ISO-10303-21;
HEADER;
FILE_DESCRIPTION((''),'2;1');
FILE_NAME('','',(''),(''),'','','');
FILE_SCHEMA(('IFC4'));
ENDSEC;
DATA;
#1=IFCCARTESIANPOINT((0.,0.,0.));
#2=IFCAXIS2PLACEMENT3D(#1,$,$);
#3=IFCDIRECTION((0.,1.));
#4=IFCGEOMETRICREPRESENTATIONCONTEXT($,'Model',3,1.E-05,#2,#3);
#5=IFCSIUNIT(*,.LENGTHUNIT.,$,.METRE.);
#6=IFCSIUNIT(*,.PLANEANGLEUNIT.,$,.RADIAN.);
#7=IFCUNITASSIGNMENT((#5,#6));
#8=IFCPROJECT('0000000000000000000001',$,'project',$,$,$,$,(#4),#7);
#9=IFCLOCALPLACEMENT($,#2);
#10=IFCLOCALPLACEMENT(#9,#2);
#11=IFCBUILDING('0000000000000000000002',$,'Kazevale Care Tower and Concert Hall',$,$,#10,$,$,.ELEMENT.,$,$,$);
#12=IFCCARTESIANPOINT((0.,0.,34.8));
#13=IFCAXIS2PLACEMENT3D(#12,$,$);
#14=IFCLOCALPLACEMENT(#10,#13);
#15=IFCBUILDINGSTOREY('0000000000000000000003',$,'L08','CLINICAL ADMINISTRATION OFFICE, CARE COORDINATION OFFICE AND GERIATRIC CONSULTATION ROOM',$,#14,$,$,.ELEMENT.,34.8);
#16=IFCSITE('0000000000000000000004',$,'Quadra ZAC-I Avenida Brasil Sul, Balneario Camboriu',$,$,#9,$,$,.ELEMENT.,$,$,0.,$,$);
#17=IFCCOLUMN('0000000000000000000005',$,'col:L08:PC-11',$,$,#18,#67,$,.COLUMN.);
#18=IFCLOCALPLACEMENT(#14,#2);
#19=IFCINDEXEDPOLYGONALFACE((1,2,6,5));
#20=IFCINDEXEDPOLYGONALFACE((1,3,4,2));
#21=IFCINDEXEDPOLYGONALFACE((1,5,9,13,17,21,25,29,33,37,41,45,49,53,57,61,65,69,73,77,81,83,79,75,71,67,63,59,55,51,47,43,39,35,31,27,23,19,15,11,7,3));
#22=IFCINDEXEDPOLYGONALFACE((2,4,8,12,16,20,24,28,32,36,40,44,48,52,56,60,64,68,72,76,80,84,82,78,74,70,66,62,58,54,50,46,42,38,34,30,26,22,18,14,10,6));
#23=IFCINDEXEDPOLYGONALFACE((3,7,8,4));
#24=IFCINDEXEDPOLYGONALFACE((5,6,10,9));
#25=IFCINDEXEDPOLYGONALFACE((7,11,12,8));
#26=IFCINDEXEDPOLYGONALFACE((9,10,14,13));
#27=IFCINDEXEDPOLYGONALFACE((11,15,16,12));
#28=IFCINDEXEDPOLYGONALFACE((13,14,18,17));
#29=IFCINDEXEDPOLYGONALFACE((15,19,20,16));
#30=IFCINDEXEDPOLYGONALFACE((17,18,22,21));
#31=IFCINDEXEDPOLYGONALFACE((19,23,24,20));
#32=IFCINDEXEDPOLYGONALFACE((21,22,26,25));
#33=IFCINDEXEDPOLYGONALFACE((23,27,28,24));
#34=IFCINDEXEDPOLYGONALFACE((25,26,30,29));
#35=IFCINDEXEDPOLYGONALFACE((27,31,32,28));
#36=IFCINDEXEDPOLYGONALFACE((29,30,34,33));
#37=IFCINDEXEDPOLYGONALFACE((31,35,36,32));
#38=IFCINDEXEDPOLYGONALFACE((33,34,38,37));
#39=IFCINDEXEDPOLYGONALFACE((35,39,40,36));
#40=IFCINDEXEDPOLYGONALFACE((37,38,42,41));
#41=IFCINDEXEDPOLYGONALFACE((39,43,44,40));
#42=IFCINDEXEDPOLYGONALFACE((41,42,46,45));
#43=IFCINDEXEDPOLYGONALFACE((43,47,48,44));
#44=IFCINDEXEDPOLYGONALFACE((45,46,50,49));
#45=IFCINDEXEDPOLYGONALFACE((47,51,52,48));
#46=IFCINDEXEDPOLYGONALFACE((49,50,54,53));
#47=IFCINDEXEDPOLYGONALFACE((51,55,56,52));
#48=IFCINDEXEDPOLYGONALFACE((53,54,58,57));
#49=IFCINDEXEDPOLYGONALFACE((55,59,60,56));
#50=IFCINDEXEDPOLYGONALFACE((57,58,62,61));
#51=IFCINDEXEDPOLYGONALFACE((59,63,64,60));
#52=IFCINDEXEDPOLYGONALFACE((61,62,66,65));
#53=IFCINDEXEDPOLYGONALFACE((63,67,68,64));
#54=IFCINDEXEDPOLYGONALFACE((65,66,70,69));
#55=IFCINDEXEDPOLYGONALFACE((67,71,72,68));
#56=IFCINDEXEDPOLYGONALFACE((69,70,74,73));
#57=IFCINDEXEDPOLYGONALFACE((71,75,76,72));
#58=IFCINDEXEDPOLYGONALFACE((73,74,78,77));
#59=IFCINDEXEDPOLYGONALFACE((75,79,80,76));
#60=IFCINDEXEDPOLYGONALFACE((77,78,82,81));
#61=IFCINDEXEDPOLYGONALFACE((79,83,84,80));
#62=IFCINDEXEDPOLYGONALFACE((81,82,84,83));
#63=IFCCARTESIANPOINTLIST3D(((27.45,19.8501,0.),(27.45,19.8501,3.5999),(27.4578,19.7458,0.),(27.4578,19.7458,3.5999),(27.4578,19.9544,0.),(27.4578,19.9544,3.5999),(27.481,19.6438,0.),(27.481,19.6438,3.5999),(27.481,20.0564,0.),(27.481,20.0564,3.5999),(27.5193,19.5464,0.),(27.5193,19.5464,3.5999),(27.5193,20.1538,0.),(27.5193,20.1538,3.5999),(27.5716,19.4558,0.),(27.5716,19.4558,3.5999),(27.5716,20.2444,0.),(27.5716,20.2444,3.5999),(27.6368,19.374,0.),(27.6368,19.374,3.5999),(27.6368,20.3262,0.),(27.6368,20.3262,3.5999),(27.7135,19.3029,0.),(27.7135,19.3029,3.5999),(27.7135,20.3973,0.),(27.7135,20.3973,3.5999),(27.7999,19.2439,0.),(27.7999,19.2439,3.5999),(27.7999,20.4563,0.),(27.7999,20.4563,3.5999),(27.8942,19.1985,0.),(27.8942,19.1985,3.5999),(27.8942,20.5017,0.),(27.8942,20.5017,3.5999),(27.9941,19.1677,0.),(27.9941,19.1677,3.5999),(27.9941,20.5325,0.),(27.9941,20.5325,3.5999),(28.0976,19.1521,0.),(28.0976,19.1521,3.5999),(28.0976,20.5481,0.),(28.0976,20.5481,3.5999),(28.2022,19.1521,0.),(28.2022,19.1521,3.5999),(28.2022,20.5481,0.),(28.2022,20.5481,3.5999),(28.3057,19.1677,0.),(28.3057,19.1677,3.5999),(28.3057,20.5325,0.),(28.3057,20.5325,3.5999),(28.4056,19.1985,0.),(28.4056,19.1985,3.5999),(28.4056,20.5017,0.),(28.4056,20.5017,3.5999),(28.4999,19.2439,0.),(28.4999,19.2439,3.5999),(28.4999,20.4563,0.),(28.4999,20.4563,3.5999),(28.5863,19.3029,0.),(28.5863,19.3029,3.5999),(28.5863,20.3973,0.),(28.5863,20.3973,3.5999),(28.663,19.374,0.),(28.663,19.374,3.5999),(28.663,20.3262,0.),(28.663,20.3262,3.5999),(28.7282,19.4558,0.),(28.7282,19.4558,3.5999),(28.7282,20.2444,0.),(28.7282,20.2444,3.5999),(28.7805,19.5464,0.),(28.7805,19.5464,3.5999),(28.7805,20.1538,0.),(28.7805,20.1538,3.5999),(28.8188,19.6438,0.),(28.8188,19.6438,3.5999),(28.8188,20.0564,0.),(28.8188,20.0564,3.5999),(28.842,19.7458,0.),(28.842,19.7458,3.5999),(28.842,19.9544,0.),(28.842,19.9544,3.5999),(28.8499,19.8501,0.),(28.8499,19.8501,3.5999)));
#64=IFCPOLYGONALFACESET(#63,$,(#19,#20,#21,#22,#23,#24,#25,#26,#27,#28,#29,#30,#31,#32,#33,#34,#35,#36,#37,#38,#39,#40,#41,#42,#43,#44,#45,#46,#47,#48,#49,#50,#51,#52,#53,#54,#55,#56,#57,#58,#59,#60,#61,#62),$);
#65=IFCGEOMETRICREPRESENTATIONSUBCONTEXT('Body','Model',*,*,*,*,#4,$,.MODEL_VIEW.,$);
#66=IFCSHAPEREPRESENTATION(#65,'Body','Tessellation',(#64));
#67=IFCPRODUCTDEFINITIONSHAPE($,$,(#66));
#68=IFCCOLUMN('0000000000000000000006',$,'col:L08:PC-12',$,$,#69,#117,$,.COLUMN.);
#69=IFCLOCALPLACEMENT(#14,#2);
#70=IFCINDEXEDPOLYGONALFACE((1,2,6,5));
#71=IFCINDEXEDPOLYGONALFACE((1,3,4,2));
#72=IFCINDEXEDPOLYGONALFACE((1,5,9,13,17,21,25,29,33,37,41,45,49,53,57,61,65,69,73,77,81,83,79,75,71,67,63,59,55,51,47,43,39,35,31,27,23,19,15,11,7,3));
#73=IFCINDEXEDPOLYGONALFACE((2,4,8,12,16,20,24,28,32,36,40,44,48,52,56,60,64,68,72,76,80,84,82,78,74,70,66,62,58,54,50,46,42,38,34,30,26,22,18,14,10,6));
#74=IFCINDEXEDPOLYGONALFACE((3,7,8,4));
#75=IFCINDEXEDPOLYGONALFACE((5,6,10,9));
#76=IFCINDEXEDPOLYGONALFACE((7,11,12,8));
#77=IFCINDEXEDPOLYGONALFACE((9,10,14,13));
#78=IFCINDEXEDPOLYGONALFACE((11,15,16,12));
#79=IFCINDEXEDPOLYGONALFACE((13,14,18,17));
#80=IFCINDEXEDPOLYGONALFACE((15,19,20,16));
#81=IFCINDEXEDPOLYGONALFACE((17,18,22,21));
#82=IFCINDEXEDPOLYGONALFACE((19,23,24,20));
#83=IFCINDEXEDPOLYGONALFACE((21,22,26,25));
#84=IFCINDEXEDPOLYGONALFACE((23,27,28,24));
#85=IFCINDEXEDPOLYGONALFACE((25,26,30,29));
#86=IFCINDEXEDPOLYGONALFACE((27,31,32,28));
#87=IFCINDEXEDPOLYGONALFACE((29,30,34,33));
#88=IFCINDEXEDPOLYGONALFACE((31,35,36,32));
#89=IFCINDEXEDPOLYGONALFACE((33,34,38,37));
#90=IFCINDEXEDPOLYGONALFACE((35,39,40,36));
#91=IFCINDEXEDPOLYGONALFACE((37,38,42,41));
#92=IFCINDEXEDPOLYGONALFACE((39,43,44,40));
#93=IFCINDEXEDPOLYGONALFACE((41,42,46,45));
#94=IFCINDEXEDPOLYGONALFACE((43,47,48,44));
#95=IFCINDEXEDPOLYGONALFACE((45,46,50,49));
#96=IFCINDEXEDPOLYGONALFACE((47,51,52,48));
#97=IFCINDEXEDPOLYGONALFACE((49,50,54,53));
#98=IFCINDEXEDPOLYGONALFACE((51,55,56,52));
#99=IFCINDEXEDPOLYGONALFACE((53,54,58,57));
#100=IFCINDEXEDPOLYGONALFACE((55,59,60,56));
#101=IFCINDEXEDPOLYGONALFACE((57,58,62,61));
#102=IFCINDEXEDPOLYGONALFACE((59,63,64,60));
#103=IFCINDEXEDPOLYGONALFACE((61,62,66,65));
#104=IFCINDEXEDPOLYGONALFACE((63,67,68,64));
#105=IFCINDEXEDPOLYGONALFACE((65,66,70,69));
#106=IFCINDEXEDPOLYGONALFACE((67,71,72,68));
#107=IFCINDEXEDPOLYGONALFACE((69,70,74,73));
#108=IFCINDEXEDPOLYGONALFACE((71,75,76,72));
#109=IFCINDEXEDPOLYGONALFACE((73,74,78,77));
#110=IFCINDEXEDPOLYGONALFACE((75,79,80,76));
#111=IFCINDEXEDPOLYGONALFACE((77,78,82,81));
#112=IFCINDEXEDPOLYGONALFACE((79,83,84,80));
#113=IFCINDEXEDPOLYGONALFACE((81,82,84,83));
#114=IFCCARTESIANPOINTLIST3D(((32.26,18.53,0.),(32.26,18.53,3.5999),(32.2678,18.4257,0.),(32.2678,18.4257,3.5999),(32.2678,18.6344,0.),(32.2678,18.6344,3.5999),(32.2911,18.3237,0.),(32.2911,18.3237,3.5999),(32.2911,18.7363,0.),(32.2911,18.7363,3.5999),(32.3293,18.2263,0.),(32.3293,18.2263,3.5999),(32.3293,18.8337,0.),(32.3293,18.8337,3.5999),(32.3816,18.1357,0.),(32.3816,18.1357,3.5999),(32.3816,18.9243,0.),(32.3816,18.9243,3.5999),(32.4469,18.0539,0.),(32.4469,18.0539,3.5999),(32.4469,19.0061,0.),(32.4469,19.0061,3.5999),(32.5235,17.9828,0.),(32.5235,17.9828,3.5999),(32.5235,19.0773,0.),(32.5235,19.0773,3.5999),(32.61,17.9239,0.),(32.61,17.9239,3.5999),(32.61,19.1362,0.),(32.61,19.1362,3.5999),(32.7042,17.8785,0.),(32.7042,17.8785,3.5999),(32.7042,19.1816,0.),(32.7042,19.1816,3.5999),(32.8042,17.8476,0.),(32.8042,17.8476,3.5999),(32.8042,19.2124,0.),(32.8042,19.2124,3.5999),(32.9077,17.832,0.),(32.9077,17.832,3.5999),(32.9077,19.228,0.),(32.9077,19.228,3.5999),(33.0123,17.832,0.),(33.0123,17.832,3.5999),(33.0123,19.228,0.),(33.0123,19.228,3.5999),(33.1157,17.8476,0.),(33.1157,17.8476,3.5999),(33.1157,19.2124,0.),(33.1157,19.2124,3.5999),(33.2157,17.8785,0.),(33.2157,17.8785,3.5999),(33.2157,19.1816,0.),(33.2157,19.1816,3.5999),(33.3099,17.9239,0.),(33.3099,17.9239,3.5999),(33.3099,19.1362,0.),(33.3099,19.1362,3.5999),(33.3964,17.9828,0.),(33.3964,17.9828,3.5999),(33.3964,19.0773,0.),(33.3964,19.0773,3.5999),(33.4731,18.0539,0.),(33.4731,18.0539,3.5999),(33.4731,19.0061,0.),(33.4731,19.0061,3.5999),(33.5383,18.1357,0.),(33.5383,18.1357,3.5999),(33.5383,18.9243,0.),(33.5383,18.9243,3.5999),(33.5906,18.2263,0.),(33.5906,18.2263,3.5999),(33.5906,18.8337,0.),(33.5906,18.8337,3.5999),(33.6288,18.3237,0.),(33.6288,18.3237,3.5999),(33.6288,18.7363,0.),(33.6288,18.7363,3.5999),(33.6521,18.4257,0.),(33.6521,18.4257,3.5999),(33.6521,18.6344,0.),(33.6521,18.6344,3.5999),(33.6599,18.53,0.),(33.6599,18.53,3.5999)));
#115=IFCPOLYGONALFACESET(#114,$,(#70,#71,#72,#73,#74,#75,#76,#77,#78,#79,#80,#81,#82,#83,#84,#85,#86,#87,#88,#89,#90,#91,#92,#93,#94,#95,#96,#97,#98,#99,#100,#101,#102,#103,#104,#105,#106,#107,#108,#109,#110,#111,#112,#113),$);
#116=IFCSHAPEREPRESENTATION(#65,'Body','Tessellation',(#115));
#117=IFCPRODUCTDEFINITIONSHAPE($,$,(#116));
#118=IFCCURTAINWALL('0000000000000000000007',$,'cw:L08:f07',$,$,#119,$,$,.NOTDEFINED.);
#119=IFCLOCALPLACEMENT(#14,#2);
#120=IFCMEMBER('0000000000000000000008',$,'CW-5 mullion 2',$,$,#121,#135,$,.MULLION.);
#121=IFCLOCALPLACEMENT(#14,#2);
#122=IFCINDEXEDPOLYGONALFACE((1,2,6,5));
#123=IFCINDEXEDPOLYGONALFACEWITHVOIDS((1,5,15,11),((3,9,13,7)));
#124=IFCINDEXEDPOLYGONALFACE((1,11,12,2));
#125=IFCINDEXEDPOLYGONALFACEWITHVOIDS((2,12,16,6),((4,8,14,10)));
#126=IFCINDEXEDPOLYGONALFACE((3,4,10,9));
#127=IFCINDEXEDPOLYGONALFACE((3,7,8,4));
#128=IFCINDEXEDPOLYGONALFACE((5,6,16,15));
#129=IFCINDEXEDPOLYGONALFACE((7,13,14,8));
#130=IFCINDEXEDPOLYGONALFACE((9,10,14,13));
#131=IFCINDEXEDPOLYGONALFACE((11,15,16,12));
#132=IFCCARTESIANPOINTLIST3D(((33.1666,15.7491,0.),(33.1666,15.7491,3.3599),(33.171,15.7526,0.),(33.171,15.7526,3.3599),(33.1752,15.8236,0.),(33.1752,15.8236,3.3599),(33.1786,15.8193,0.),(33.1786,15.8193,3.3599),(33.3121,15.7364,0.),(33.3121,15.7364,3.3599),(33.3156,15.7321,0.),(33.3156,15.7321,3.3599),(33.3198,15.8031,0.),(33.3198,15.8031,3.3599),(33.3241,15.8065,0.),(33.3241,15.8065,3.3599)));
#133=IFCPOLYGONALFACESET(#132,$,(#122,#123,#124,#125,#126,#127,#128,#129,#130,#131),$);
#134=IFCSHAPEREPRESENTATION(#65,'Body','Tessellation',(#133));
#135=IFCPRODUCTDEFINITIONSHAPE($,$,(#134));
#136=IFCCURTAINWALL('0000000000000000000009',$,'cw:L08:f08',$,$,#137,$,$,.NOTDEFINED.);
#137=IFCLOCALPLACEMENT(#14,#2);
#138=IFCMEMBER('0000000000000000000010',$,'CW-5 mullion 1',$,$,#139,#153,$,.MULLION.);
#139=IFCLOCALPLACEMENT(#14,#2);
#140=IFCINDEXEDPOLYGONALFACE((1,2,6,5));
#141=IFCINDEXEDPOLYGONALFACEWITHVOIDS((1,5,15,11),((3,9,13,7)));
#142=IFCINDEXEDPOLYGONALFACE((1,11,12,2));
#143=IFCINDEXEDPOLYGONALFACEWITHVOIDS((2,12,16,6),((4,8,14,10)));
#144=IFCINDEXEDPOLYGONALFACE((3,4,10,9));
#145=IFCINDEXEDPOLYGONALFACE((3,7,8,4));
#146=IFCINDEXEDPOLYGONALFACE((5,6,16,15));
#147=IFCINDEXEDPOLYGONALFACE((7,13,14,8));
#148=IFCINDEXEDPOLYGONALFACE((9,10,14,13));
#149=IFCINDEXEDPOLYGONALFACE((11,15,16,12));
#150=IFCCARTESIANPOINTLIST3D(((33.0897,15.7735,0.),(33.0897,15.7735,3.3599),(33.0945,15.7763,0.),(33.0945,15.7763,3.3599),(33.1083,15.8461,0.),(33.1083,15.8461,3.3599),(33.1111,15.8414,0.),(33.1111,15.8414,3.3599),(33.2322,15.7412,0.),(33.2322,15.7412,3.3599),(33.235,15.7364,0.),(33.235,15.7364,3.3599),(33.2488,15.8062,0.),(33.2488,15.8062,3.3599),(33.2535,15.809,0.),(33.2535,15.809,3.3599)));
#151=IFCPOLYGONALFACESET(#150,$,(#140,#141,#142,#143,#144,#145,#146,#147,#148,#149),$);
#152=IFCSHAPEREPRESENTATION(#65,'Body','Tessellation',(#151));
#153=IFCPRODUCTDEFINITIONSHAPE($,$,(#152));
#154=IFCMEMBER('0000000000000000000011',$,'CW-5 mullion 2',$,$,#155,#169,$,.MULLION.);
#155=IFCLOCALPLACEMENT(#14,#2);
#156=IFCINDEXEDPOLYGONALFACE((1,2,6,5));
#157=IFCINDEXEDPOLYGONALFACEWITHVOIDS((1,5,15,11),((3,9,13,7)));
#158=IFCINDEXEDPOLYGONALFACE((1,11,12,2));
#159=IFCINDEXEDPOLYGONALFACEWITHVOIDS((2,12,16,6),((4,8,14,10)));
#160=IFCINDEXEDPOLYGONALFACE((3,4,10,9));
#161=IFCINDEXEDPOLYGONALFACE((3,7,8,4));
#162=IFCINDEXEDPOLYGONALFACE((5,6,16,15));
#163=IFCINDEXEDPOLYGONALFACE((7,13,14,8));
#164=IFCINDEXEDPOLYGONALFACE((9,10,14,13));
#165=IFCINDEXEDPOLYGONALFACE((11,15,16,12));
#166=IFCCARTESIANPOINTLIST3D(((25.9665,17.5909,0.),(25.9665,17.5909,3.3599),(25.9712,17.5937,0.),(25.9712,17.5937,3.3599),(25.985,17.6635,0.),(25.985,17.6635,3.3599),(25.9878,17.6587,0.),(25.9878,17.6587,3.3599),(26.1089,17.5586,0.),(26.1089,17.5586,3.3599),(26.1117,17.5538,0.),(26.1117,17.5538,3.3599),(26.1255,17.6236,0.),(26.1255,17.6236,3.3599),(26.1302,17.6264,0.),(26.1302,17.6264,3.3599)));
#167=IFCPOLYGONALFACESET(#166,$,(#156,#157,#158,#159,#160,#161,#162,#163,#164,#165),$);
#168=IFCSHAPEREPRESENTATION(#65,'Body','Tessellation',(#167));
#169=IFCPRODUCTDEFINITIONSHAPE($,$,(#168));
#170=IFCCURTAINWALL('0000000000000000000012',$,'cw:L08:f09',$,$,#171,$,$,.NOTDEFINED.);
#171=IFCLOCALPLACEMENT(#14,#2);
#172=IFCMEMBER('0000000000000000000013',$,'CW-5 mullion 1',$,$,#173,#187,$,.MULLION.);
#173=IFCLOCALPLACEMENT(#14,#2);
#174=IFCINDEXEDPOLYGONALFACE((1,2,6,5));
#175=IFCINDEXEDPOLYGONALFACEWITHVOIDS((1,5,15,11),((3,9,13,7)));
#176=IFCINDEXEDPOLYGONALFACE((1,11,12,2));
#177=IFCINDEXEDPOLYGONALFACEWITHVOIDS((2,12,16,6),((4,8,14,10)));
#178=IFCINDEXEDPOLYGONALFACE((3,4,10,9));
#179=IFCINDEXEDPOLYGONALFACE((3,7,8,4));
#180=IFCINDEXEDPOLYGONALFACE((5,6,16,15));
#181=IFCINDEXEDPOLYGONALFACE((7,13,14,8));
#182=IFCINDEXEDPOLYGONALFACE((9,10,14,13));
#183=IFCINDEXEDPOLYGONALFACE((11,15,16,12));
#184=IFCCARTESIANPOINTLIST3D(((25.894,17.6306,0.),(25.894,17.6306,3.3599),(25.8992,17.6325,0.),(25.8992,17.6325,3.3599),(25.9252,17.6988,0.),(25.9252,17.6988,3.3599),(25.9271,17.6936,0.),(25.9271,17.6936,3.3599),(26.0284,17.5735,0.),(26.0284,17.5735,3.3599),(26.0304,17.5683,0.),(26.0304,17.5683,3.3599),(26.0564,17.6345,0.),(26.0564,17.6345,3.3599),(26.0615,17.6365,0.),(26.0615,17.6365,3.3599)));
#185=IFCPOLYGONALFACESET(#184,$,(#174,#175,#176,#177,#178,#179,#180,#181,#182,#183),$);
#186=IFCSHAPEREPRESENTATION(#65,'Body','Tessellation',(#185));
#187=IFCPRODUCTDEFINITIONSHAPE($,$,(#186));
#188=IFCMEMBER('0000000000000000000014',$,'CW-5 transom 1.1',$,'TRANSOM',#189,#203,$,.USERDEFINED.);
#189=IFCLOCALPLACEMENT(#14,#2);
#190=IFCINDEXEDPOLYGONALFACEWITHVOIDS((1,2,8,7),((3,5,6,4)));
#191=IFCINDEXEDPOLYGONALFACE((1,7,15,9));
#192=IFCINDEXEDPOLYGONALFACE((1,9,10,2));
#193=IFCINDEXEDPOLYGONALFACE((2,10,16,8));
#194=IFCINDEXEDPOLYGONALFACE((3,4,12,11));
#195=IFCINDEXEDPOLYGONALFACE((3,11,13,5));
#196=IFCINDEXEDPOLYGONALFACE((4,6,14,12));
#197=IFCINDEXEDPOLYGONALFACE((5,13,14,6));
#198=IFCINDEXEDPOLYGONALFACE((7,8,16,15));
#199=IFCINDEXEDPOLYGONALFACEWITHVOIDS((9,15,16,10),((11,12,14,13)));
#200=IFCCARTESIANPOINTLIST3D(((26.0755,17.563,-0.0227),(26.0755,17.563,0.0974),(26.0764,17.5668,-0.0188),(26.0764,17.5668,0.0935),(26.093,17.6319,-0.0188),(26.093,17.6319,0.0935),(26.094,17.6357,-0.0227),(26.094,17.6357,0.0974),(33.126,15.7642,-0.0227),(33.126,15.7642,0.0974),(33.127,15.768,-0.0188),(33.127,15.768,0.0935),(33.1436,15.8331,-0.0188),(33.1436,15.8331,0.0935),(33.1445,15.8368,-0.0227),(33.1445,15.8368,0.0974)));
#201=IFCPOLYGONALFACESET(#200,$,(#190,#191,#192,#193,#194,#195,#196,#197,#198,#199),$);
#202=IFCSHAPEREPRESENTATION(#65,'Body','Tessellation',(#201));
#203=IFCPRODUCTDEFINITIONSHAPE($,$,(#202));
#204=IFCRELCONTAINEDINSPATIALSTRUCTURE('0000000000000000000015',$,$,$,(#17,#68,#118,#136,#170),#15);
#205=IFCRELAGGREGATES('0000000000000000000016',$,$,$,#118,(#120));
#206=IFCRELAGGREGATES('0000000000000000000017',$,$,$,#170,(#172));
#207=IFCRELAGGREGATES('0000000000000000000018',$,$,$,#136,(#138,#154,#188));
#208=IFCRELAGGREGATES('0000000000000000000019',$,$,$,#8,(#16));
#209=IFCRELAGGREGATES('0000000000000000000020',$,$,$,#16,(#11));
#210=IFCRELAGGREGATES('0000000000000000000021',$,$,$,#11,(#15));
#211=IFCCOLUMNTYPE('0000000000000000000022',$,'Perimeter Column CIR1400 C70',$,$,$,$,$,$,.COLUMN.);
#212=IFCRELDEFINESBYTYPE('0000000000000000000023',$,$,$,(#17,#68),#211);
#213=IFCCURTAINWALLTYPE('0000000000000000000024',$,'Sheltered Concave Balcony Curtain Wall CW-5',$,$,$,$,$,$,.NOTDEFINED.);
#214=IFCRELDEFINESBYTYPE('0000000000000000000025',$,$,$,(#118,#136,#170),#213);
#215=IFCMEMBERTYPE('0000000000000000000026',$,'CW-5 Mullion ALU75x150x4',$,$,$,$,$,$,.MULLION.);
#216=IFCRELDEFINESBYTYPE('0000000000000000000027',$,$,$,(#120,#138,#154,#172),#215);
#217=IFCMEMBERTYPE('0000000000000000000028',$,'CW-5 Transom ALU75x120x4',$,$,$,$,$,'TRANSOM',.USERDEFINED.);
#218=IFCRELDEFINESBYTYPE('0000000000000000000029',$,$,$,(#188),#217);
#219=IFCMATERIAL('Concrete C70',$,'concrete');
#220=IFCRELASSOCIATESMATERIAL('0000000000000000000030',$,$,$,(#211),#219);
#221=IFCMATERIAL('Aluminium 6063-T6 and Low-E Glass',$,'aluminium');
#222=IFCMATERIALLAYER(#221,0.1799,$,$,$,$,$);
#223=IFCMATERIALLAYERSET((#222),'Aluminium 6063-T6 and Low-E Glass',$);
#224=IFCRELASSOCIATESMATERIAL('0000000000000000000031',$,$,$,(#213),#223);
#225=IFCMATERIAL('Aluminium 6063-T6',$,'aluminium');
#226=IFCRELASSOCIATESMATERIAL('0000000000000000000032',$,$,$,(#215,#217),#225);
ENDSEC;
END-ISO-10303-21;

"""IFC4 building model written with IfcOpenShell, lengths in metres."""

from ifc_helpers import new_model, si_unit, direction, frame, origin, origin_2d, place, context, subcontext, project, spatial, hollow_rectangle, circle, extrude, material, layer, layer_set, material_profile, profile_set, type_object, element, aggregate, save


model = new_model("IFC4")

# Units and contexts
model_context = context("Model", 3, precision=1e-05, world=origin(), true_north=direction((0.0, 1.0)))
body_context = subcontext(model_context, "Body", "Model", "MODEL_VIEW")
ifc_project = project(units=[si_unit("LENGTHUNIT", "METRE"), si_unit("PLANEANGLEUNIT", "RADIAN")], contexts=[model_context])

# Site, building, storey
site_placement = place(None, origin())
site = spatial("IfcSite", under=ifc_project, at=site_placement, Name="Quadra ZAC-I Avenida Brasil Sul, Balneario Camboriu", CompositionType="ELEMENT", RefElevation=0.0)
building_placement = place(site_placement, origin())
building = spatial("IfcBuilding", under=site, at=building_placement, Name="Kazevale Care Tower and Concert Hall", CompositionType="ELEMENT")
storey_placement = place(building_placement, frame((0.0, 0.0, 34.8)))
storey = spatial("IfcBuildingStorey", under=building, at=storey_placement, Name="L08", Description="CLINICAL ADMINISTRATION OFFICE, CARE COORDINATION OFFICE AND GERIATRIC CONSULTATION ROOM", CompositionType="ELEMENT", Elevation=34.8)

# Columns
ifc_material_1 = material(Name="Concrete C70", Category="concrete")
ifc_material_profile_1 = material_profile(ifc_material_1, circle(Radius=0.7, at=origin_2d()), Name="RC-CIR1400")
ifc_profile_set_1 = profile_set([ifc_material_profile_1], Name="Concrete C70")
column_type = type_object("IfcColumnType", Name="Perimeter Column CIR1400 C70", PredefinedType="COLUMN", material=ifc_profile_set_1)
for number, where, z_axis, x_axis, name in (
    (1, (28.1499, 19.8501, 0.0), (0.0, 0.0, 1.0), (1.0, 0.0, 0.0), "col:L08:PC-11"),
    (2, (32.96, 18.53, 0.0), (0.0, 0.0, 1.0), (1.0, 0.0, 0.0), "col:L08:PC-12"),
):
    element("IfcColumn", number, at=place(storey_placement, frame(where, z_axis=z_axis, x_axis=x_axis)), inside=storey, type_object=column_type, Name=name, PredefinedType="COLUMN", context=body_context, shape_type="SweptSolid", body=[
        extrude(circle(Radius=0.7, at=origin_2d()), origin(), (0.0, 0.0, 1.0), 3.5999),
    ])

# Curtain wall, member
ifc_material_2 = material(Name="Aluminium 6063-T6 and Low-E Glass", Category="aluminium")
ifc_layer_1 = layer(ifc_material_2, 0.1799)
ifc_layer_set_1 = layer_set([ifc_layer_1], Name="Aluminium 6063-T6 and Low-E Glass")
curtain_wall_type = type_object("IfcCurtainWallType", Name="Sheltered Concave Balcony Curtain Wall CW-5", PredefinedType="NOTDEFINED", material=ifc_layer_set_1)
curtain_wall_1_placement = place(storey_placement, origin())
curtain_wall_1 = element("IfcCurtainWall", 3, at=curtain_wall_1_placement, inside=storey, type_object=curtain_wall_type, Name="cw:L08:f07", PredefinedType="NOTDEFINED")
ifc_material_3 = material(Name="Aluminium 6063-T6", Category="aluminium")
ifc_material_profile_2 = material_profile(ifc_material_3, hollow_rectangle(XDim=0.075, YDim=0.1499, WallThickness=0.0039, at=origin_2d()), Name="ALU75x150x4")
ifc_profile_set_2 = profile_set([ifc_material_profile_2], Name="Aluminium 6063-T6")
member_type_1 = type_object("IfcMemberType", Name="CW-5 Mullion ALU75x150x4", PredefinedType="MULLION", material=ifc_profile_set_2)
member_1_placement = place(storey_placement, frame((33.2454, 15.7778, 0.0), z_axis=(0.0, 0.0, 1.0), x_axis=(-0.113705, -0.993515, 0.0)))
member_1 = element("IfcMember", 4, at=member_1_placement, type_object=member_type_1, Name="CW-5 mullion 2", PredefinedType="MULLION", context=body_context, shape_type="SweptSolid", body=[
    extrude(hollow_rectangle(XDim=0.075, YDim=0.1499, WallThickness=0.0039, at=origin_2d()), origin(), (0.0, 0.0, 1.0), 3.3599),
])
aggregate(curtain_wall_1, [member_1])

# Curtain wall, members
curtain_wall_2_placement = place(storey_placement, origin())
curtain_wall_2 = element("IfcCurtainWall", 5, at=curtain_wall_2_placement, inside=storey, type_object=curtain_wall_type, Name="cw:L08:f08", PredefinedType="NOTDEFINED")
member_2_placement = place(storey_placement, frame((33.1716, 15.7913, 0.0), z_axis=(0.0, 0.0, 1.0), x_axis=(-0.247222, -0.968959, 0.0)))
member_2 = element("IfcMember", 6, at=member_2_placement, type_object=member_type_1, Name="CW-5 mullion 1", PredefinedType="MULLION", context=body_context, shape_type="SweptSolid", body=[
    extrude(hollow_rectangle(XDim=0.075, YDim=0.1499, WallThickness=0.0039, at=origin_2d()), origin(), (0.0, 0.0, 1.0), 3.3599),
])
member_3_placement = place(storey_placement, frame((26.0483, 17.6086, 0.0), z_axis=(0.0, 0.0, 1.0), x_axis=(-0.247222, -0.968959, 0.0)))
member_3 = element("IfcMember", 7, at=member_3_placement, type_object=member_type_1, Name="CW-5 mullion 2", PredefinedType="MULLION", context=body_context, shape_type="SweptSolid", body=[
    extrude(hollow_rectangle(XDim=0.075, YDim=0.1499, WallThickness=0.0039, at=origin_2d()), origin(), (0.0, 0.0, 1.0), 3.3599),
])

# Curtain wall, member
curtain_wall_3_placement = place(storey_placement, origin())
curtain_wall_3 = element("IfcCurtainWall", 8, at=curtain_wall_3_placement, inside=storey, type_object=curtain_wall_type, Name="cw:L08:f09", PredefinedType="NOTDEFINED")
member_4_placement = place(storey_placement, frame((25.9778, 17.6335, 0.0), z_axis=(0.0, 0.0, 1.0), x_axis=(-0.41566, -0.90952, 0.0)))
member_4 = element("IfcMember", 9, at=member_4_placement, type_object=member_type_1, Name="CW-5 mullion 1", PredefinedType="MULLION", context=body_context, shape_type="SweptSolid", body=[
    extrude(hollow_rectangle(XDim=0.075, YDim=0.1499, WallThickness=0.0039, at=origin_2d()), origin(), (0.0, 0.0, 1.0), 3.3599),
])

# Member
ifc_material_profile_3 = material_profile(ifc_material_3, hollow_rectangle(XDim=0.075, YDim=0.1201, WallThickness=0.0039, at=origin_2d()), Name="ALU75x120x4")
ifc_profile_set_3 = profile_set([ifc_material_profile_3], Name="Aluminium 6063-T6")
member_type_2 = type_object("IfcMemberType", Name="CW-5 Transom ALU75x120x4", ElementType="TRANSOM", PredefinedType="USERDEFINED", material=ifc_profile_set_3)
member_5_placement = place(storey_placement, frame((33.1353, 15.8005, 0.0374), z_axis=(-0.968961, 0.247214, 0.0), x_axis=(-0.247214, -0.968961, 0.0)))
member_5 = element("IfcMember", 10, at=member_5_placement, type_object=member_type_2, Name="CW-5 transom 1.1", ObjectType="TRANSOM", PredefinedType="USERDEFINED", context=body_context, shape_type="SweptSolid", body=[
    extrude(hollow_rectangle(XDim=0.075, YDim=0.1201, WallThickness=0.0039, at=origin_2d()), origin(), (0.0, 0.0, 1.0), 7.2764),
])
aggregate(curtain_wall_3, [member_4])

aggregate(curtain_wall_2, [member_2, member_3, member_5])

save(model, "model.ifc")
